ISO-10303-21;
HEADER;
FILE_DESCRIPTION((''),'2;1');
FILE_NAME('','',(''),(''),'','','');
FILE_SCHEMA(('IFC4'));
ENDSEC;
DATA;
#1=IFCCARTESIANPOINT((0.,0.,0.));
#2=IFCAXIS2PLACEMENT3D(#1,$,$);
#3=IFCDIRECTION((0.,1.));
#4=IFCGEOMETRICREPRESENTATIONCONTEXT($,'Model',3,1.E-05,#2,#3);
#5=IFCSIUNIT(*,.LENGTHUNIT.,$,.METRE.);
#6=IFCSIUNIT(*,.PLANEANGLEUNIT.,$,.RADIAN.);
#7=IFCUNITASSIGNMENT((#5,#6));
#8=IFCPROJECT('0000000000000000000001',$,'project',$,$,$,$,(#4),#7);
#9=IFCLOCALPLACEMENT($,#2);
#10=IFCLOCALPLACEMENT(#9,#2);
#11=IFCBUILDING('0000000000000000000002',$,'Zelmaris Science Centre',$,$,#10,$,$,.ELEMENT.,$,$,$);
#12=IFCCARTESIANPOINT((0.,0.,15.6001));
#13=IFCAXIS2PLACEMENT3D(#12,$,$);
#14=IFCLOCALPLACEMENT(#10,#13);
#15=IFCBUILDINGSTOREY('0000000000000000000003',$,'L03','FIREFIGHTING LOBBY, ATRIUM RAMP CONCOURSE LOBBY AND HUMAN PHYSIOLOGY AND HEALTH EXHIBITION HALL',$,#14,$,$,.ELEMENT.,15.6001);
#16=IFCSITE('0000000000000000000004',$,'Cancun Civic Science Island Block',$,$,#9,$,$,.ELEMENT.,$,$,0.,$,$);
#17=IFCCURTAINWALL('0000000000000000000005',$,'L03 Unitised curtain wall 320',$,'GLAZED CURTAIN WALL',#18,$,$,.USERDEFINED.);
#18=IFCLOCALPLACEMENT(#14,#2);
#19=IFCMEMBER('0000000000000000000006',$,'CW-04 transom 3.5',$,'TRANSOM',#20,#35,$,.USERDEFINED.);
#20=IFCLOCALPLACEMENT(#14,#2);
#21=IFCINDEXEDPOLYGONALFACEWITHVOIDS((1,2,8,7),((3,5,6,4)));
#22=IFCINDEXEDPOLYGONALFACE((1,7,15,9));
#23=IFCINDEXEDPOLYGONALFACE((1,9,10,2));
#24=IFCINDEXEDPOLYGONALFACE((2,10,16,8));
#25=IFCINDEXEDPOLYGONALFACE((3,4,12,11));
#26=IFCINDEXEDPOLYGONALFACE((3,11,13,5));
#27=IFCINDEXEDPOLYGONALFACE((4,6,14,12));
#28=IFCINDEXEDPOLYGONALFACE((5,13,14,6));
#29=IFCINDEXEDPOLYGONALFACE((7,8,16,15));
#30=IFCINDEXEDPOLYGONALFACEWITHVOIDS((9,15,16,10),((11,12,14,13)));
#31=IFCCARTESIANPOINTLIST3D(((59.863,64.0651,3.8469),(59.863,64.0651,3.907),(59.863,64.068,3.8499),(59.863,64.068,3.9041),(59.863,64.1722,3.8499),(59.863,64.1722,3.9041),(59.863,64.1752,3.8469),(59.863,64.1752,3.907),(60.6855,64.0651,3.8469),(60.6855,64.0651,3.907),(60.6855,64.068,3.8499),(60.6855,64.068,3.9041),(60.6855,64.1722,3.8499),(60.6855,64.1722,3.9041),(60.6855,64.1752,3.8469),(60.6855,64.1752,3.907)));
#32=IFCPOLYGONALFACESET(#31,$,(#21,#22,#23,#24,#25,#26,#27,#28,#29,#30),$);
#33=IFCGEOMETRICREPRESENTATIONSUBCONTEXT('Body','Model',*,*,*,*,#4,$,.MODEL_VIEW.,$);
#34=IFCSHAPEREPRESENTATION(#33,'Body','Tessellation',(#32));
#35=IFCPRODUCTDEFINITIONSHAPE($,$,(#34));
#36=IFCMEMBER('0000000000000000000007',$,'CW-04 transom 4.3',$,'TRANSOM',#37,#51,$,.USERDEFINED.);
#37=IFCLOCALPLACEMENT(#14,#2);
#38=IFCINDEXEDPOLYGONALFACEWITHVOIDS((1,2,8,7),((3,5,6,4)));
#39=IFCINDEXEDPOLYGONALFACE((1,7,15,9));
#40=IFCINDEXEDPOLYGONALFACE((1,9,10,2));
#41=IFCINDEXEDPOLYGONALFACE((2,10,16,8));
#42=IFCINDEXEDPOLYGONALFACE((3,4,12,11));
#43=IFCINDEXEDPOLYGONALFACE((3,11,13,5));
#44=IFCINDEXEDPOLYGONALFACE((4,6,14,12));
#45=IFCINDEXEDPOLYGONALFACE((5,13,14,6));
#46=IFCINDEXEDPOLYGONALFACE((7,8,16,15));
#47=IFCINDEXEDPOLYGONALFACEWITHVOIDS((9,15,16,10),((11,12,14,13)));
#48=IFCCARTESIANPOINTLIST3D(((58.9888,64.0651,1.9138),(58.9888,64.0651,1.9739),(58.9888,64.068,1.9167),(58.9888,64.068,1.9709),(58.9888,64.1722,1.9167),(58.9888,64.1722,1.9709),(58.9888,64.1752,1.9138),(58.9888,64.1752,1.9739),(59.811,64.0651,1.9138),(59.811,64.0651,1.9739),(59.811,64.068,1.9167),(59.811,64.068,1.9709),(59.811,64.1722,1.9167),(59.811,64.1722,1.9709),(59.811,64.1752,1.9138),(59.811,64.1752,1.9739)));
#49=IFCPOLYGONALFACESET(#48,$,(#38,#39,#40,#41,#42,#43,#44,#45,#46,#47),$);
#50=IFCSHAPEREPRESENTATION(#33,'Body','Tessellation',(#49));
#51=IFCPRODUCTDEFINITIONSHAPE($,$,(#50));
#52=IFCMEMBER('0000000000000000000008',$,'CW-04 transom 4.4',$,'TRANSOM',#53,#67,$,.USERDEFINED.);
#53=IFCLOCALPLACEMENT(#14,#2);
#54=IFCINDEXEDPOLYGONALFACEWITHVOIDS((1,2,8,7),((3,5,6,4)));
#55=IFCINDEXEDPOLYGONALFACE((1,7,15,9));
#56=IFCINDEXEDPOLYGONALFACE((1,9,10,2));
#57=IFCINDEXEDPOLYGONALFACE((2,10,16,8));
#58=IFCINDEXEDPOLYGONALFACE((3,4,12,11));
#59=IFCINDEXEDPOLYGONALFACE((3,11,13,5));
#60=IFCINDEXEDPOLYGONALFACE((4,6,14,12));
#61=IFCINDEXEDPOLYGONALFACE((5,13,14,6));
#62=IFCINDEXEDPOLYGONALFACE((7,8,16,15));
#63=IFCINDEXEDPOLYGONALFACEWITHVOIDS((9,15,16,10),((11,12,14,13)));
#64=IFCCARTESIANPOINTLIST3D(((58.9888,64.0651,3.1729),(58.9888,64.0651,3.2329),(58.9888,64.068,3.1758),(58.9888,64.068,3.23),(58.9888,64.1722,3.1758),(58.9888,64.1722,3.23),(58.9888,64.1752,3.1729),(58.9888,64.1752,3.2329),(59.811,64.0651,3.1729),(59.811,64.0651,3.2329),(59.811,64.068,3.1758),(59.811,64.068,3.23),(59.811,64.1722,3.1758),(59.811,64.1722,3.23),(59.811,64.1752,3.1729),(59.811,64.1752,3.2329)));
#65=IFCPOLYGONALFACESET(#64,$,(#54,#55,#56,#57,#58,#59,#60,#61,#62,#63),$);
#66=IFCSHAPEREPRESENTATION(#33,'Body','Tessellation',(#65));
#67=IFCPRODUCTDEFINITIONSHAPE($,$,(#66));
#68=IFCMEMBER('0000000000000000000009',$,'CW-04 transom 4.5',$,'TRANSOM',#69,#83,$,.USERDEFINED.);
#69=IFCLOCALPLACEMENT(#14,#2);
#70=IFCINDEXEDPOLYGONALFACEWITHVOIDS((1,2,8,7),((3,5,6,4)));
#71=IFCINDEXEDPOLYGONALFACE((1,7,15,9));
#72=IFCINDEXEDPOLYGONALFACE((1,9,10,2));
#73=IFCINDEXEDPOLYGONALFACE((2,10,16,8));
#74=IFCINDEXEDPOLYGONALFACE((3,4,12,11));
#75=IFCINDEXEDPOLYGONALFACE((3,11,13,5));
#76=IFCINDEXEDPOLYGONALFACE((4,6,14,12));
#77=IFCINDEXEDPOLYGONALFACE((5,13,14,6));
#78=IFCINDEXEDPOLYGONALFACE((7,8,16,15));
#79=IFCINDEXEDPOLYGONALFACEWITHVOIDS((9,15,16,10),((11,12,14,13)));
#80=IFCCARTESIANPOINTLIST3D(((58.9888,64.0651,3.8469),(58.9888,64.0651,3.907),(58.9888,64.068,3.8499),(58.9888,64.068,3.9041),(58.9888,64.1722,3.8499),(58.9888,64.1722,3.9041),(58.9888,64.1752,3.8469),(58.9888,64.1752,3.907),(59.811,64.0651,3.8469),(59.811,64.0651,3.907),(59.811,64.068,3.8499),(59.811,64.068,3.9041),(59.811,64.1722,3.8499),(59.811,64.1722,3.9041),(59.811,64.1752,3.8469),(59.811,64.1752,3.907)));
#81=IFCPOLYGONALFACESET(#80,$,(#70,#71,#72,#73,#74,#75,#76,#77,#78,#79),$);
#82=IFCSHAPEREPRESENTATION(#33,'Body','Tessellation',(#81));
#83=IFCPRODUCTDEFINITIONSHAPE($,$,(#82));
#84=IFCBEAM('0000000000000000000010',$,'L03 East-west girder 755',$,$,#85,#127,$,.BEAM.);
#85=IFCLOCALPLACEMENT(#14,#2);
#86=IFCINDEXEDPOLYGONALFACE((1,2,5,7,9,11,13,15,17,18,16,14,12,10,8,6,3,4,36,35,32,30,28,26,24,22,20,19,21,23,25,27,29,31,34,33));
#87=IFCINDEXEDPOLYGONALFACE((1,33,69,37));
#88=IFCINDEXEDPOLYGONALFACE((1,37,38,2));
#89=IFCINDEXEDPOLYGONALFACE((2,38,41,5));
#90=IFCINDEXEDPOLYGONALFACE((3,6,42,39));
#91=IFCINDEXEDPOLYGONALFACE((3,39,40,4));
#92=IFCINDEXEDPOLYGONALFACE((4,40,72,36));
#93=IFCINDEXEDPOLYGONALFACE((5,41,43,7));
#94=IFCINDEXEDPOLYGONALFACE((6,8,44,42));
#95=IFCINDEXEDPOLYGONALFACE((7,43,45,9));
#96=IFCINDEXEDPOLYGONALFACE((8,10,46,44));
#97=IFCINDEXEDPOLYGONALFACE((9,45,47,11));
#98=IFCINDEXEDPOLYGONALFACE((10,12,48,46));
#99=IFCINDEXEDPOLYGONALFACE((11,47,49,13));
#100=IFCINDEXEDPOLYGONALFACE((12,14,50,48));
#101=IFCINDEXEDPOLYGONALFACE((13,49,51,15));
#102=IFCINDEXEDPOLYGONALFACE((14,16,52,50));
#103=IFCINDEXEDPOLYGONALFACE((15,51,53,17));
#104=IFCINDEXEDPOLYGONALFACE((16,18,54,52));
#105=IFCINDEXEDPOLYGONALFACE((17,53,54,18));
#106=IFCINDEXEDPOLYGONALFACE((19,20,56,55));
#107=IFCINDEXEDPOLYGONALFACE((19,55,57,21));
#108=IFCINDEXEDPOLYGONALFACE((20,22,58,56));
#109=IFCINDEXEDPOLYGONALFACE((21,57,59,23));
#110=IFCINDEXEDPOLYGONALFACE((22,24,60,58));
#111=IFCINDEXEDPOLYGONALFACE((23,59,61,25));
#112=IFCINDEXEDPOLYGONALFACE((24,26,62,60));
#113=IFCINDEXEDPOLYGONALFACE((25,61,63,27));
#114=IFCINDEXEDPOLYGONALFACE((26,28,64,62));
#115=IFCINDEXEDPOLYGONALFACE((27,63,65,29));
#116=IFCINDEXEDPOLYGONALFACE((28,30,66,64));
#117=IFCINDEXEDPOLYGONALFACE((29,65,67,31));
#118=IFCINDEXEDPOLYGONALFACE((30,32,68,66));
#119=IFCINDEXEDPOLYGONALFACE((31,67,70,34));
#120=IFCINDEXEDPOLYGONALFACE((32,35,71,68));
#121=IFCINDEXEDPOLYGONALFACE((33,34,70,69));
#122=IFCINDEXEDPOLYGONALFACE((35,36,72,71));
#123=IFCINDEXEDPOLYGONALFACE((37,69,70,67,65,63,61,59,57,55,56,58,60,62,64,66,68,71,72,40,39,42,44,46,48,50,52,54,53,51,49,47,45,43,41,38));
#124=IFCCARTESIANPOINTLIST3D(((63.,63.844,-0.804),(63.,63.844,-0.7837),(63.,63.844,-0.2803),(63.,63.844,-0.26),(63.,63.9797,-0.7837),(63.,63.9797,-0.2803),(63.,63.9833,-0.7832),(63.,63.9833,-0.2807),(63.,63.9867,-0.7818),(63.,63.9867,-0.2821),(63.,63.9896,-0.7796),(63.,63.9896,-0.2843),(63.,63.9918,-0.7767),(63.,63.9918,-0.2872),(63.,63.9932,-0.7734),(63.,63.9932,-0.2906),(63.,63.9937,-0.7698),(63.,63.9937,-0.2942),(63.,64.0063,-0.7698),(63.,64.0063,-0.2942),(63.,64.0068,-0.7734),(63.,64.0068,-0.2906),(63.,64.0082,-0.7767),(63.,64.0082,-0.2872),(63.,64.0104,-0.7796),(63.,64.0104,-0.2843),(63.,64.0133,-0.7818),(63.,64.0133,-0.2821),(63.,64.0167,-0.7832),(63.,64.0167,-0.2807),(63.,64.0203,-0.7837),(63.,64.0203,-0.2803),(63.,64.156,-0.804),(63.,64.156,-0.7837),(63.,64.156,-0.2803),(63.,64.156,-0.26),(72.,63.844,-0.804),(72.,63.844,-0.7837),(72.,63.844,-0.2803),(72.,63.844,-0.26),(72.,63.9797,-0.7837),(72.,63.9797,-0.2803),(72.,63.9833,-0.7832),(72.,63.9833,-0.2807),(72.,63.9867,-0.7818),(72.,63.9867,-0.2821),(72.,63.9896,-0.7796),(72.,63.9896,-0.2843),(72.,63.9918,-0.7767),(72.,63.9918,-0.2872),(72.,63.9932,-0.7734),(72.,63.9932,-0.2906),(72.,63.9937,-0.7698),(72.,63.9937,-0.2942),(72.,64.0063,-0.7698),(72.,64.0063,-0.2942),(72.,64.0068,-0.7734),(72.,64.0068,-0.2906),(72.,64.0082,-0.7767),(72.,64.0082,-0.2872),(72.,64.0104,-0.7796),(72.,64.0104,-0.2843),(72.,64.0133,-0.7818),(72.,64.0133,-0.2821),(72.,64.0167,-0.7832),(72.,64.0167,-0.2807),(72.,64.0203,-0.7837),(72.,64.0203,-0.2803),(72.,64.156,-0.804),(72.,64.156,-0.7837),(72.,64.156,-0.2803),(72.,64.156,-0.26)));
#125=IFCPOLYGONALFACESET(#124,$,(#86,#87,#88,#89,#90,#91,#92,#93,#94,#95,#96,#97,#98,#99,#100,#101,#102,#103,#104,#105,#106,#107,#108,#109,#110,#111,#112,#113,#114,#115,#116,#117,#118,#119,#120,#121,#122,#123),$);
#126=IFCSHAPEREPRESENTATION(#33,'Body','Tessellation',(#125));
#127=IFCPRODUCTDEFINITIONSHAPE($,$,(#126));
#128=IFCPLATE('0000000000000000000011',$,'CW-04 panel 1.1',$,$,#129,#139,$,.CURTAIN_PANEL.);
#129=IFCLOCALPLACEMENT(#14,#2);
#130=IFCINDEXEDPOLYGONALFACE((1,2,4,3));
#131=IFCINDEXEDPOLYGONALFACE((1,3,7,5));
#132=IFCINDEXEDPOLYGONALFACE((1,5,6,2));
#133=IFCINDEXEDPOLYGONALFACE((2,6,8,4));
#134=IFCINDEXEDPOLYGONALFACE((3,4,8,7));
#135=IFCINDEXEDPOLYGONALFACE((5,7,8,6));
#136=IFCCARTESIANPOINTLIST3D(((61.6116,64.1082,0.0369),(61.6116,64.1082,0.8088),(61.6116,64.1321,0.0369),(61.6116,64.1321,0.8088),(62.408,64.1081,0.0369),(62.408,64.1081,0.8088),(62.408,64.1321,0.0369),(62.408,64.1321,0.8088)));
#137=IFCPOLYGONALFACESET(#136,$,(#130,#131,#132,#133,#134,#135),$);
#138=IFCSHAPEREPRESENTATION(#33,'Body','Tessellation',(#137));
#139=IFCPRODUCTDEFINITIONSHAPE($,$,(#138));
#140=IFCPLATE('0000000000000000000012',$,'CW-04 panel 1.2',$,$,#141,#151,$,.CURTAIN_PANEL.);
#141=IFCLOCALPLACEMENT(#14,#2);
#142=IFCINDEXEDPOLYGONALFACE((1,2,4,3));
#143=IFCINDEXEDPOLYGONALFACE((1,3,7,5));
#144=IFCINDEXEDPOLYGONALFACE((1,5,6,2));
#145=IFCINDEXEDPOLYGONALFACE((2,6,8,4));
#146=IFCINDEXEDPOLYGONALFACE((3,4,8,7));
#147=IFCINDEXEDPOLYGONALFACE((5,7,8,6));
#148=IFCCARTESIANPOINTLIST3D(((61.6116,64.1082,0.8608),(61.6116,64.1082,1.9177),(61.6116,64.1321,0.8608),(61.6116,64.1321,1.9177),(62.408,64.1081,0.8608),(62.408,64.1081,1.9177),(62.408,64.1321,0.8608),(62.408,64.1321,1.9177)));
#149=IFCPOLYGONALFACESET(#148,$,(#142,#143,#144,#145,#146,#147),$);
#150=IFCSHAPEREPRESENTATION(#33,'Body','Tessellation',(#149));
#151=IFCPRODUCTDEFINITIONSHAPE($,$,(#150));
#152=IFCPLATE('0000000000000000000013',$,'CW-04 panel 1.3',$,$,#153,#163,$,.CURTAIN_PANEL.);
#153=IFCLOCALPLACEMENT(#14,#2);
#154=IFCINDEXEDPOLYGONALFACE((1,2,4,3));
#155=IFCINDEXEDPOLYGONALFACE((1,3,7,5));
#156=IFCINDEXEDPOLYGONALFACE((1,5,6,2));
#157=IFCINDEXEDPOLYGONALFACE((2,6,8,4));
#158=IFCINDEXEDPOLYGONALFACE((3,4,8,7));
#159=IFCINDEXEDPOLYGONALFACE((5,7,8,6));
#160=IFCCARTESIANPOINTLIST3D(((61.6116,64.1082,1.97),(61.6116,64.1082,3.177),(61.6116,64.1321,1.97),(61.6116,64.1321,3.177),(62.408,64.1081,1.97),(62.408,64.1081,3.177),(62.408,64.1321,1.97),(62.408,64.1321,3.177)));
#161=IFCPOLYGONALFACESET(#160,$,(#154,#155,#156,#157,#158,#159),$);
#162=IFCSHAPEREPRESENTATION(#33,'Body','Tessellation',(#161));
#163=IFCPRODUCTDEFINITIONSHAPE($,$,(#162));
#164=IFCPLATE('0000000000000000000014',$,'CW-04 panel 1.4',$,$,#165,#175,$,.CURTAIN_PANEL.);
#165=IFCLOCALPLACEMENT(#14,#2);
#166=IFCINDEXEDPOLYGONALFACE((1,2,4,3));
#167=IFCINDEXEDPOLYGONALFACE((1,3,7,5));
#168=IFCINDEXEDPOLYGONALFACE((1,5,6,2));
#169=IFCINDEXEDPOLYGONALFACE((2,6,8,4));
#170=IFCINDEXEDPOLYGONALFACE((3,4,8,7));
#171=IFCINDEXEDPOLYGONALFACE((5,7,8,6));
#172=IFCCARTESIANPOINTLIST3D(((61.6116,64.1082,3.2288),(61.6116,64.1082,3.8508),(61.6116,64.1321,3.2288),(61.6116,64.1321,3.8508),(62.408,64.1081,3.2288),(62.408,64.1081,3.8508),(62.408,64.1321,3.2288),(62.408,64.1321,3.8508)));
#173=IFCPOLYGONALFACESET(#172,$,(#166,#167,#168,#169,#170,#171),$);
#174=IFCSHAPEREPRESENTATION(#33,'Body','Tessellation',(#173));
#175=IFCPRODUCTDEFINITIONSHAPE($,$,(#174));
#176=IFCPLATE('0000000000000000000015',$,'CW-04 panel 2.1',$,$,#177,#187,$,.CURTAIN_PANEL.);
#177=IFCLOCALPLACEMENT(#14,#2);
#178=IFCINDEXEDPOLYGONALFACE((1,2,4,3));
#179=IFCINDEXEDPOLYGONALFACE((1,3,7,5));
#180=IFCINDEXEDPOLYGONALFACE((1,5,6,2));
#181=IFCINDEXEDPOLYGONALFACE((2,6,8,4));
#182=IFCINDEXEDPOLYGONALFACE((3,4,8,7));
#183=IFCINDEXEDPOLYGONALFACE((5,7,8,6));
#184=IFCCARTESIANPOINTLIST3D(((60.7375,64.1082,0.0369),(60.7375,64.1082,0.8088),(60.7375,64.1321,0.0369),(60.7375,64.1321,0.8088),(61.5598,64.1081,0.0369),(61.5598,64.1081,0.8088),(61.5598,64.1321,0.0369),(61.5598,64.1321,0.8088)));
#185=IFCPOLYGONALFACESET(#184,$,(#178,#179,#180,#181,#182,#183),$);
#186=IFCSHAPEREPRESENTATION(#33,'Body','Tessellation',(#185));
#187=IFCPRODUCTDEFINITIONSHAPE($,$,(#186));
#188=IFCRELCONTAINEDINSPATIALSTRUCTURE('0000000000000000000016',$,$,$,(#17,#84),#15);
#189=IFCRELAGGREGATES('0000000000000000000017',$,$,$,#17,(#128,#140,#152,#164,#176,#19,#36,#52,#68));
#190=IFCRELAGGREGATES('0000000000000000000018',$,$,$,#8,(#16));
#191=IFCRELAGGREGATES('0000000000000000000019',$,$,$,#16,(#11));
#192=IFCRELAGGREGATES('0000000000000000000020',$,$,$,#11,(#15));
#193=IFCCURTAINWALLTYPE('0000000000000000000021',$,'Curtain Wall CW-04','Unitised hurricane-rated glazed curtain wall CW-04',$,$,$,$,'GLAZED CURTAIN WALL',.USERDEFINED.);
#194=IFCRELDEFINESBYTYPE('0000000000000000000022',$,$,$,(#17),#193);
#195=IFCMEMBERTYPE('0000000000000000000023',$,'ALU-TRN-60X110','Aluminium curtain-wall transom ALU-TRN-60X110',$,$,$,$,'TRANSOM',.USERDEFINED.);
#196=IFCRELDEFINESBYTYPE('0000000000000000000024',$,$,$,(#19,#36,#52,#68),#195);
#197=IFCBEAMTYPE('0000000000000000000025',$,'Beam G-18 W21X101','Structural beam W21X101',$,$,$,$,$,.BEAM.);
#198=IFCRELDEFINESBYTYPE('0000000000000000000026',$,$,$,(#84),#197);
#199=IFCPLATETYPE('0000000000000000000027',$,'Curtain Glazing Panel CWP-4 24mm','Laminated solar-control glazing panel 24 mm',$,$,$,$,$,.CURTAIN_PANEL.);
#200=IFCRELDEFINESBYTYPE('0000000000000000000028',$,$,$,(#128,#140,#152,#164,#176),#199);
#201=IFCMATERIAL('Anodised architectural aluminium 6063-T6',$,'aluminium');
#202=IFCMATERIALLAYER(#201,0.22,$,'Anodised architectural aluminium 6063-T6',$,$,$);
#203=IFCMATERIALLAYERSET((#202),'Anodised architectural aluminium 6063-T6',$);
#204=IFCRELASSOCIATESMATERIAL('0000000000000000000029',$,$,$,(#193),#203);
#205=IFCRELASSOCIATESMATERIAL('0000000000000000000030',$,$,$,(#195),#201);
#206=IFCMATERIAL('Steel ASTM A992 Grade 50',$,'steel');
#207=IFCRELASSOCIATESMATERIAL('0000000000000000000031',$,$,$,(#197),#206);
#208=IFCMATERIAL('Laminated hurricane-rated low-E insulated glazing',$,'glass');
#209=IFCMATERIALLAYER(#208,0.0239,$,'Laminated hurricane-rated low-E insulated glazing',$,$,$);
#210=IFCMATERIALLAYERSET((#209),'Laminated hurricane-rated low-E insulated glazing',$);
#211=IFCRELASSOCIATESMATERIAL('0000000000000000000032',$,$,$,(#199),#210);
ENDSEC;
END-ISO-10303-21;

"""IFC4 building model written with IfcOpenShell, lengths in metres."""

from ifc_helpers import new_model, si_unit, direction, frame, origin, origin_2d, place, context, subcontext, project, spatial, rectangle, hollow_rectangle, i_section, extrude, material, layer, layer_set, material_profile, profile_set, type_object, element, aggregate, save


model = new_model("IFC4")

# Units and contexts
model_context = context("Model", 3, precision=1e-05, world=origin(), true_north=direction((0.0, 1.0)))
body_context = subcontext(model_context, "Body", "Model", "MODEL_VIEW")
ifc_project = project(units=[si_unit("LENGTHUNIT", "METRE"), si_unit("PLANEANGLEUNIT", "RADIAN")], contexts=[model_context])

# Site, building, storey
site_placement = place(None, origin())
site = spatial("IfcSite", under=ifc_project, at=site_placement, Name="Cancun Civic Science Island Block", CompositionType="ELEMENT", RefElevation=0.0)
building_placement = place(site_placement, origin())
building = spatial("IfcBuilding", under=site, at=building_placement, Name="Zelmaris Science Centre", CompositionType="ELEMENT")
storey_placement = place(building_placement, frame((0.0, 0.0, 15.6001)))
storey = spatial("IfcBuildingStorey", under=building, at=storey_placement, Name="L03", Description="FIREFIGHTING LOBBY, ATRIUM RAMP CONCOURSE LOBBY AND HUMAN PHYSIOLOGY AND HEALTH EXHIBITION HALL", CompositionType="ELEMENT", Elevation=15.6001)

# Shared definitions
ifc_material_1 = material(Name="Steel ASTM A992 Grade 50", Category="steel")

# Curtain wall
ifc_material_2 = material(Name="Anodised architectural aluminium 6063-T6", Category="aluminium")
ifc_layer_1 = layer(ifc_material_2, 0.22, Name="Anodised architectural aluminium 6063-T6")
ifc_layer_set_1 = layer_set([ifc_layer_1], Name="Anodised architectural aluminium 6063-T6")
curtain_wall_type_1 = type_object("IfcCurtainWallType", Name="Curtain Wall CW-04", Description="Unitised hurricane-rated glazed curtain wall CW-04", ElementType="GLAZED CURTAIN WALL", PredefinedType="USERDEFINED", material=ifc_layer_set_1)
curtain_wall_1_placement = place(storey_placement, origin())
curtain_wall_1 = element("IfcCurtainWall", 1, at=curtain_wall_1_placement, inside=storey, type_object=curtain_wall_type_1, Name="L03 Unitised curtain wall 320", ObjectType="GLAZED CURTAIN WALL", PredefinedType="USERDEFINED")

# Members
ifc_material_profile_1 = material_profile(ifc_material_2, hollow_rectangle(XDim=0.0601, YDim=0.1101, WallThickness=0.0029, at=origin_2d()), Name="ALU-TRN-60X110")
ifc_profile_set_1 = profile_set([ifc_material_profile_1], Name="Anodised architectural aluminium 6063-T6")
member_type_1 = type_object("IfcMemberType", Name="ALU-TRN-60X110", Description="Aluminium curtain-wall transom ALU-TRN-60X110", ElementType="TRANSOM", PredefinedType="USERDEFINED", material=ifc_profile_set_1)
member_1_placement = place(storey_placement, frame((60.6855, 64.1201, 3.877), z_axis=(-1.0, 0.0, 0.0), x_axis=(0.0, 0.0, 1.0)))
member_1 = element("IfcMember", 2, at=member_1_placement, type_object=member_type_1, Name="CW-04 transom 3.5", ObjectType="TRANSOM", PredefinedType="USERDEFINED", context=body_context, shape_type="SweptSolid", body=[
    extrude(hollow_rectangle(XDim=0.0601, YDim=0.1101, WallThickness=0.0029, at=origin_2d()), origin(), (0.0, 0.0, 1.0), 0.8225),
])
member_2_placement = place(storey_placement, frame((59.811, 64.1201, 1.9438), z_axis=(-1.0, 0.0, 0.0), x_axis=(0.0, 0.0, 1.0)))
member_2 = element("IfcMember", 3, at=member_2_placement, type_object=member_type_1, Name="CW-04 transom 4.3", ObjectType="TRANSOM", PredefinedType="USERDEFINED", context=body_context, shape_type="SweptSolid", body=[
    extrude(hollow_rectangle(XDim=0.0601, YDim=0.1101, WallThickness=0.0029, at=origin_2d()), origin(), (0.0, 0.0, 1.0), 0.8223),
])
member_3_placement = place(storey_placement, frame((59.811, 64.1201, 3.2029), z_axis=(-1.0, 0.0, 0.0), x_axis=(0.0, 0.0, 1.0)))
member_3 = element("IfcMember", 4, at=member_3_placement, type_object=member_type_1, Name="CW-04 transom 4.4", ObjectType="TRANSOM", PredefinedType="USERDEFINED", context=body_context, shape_type="SweptSolid", body=[
    extrude(hollow_rectangle(XDim=0.0601, YDim=0.1101, WallThickness=0.0029, at=origin_2d()), origin(), (0.0, 0.0, 1.0), 0.8223),
])
member_4_placement = place(storey_placement, frame((59.811, 64.1201, 3.877), z_axis=(-1.0, 0.0, 0.0), x_axis=(0.0, 0.0, 1.0)))
member_4 = element("IfcMember", 5, at=member_4_placement, type_object=member_type_1, Name="CW-04 transom 4.5", ObjectType="TRANSOM", PredefinedType="USERDEFINED", context=body_context, shape_type="SweptSolid", body=[
    extrude(hollow_rectangle(XDim=0.0601, YDim=0.1101, WallThickness=0.0029, at=origin_2d()), origin(), (0.0, 0.0, 1.0), 0.8223),
])

# Beam
ifc_material_profile_2 = material_profile(ifc_material_1, i_section(OverallWidth=0.312, OverallDepth=0.5439, WebThickness=0.0127, FlangeThickness=0.0203, FilletRadius=0.0139, at=origin_2d()), Name="W21X101")
ifc_profile_set_2 = profile_set([ifc_material_profile_2], Name="Steel ASTM A992 Grade 50")
beam_type = type_object("IfcBeamType", Name="Beam G-18 W21X101", Description="Structural beam W21X101", PredefinedType="BEAM", material=ifc_profile_set_2)
beam_placement = place(storey_placement, frame((63.0, 64.0, -0.532), z_axis=(1.0, 0.0, 0.0), x_axis=(0.0, 1.0, 0.0)))
element("IfcBeam", 6, at=beam_placement, inside=storey, type_object=beam_type, Name="L03 East-west girder 755", PredefinedType="BEAM", context=body_context, shape_type="SweptSolid", body=[
    extrude(i_section(OverallWidth=0.312, OverallDepth=0.5439, WebThickness=0.0127, FlangeThickness=0.0203, FilletRadius=0.0139, at=origin_2d()), origin(), (0.0, 0.0, 1.0), 9.0),
])

# Plates
ifc_material_3 = material(Name="Laminated hurricane-rated low-E insulated glazing", Category="glass")
ifc_layer_2 = layer(ifc_material_3, 0.0239, Name="Laminated hurricane-rated low-E insulated glazing")
ifc_layer_set_2 = layer_set([ifc_layer_2], Name="Laminated hurricane-rated low-E insulated glazing")
plate_type = type_object("IfcPlateType", Name="Curtain Glazing Panel CWP-4 24mm", Description="Laminated solar-control glazing panel 24 mm", PredefinedType="CURTAIN_PANEL", material=ifc_layer_set_2)
plate_1_placement = place(storey_placement, frame((62.0098, 64.1201, 0.0369), z_axis=(0.0, 0.0, 1.0), x_axis=(-1.0, 0.000016, 0.0)))
plate_1 = element("IfcPlate", 7, at=plate_1_placement, type_object=plate_type, Name="CW-04 panel 1.1", PredefinedType="CURTAIN_PANEL", context=body_context, shape_type="SweptSolid", body=[
    extrude(rectangle(XDim=0.7964, YDim=0.0239, at=origin_2d()), origin(), (0.0, 0.0, 1.0), 0.772),
])
plate_2_placement = place(storey_placement, frame((62.0098, 64.1201, 0.8608), z_axis=(0.0, 0.0, 1.0), x_axis=(-1.0, 0.000016, 0.0)))
plate_2 = element("IfcPlate", 8, at=plate_2_placement, type_object=plate_type, Name="CW-04 panel 1.2", PredefinedType="CURTAIN_PANEL", context=body_context, shape_type="SweptSolid", body=[
    extrude(rectangle(XDim=0.7964, YDim=0.0239, at=origin_2d()), origin(), (0.0, 0.0, 1.0), 1.0569),
])
plate_3_placement = place(storey_placement, frame((62.0098, 64.1201, 1.97), z_axis=(0.0, 0.0, 1.0), x_axis=(-1.0, 0.000016, 0.0)))
plate_3 = element("IfcPlate", 9, at=plate_3_placement, type_object=plate_type, Name="CW-04 panel 1.3", PredefinedType="CURTAIN_PANEL", context=body_context, shape_type="SweptSolid", body=[
    extrude(rectangle(XDim=0.7964, YDim=0.0239, at=origin_2d()), origin(), (0.0, 0.0, 1.0), 1.207),
])
plate_4_placement = place(storey_placement, frame((62.0098, 64.1201, 3.2288), z_axis=(0.0, 0.0, 1.0), x_axis=(-1.0, 0.000016, 0.0)))
plate_4 = element("IfcPlate", 10, at=plate_4_placement, type_object=plate_type, Name="CW-04 panel 1.4", PredefinedType="CURTAIN_PANEL", context=body_context, shape_type="SweptSolid", body=[
    extrude(rectangle(XDim=0.7964, YDim=0.0239, at=origin_2d()), origin(), (0.0, 0.0, 1.0), 0.6221),
])
plate_5_placement = place(storey_placement, frame((61.1487, 64.1201, 0.0369), z_axis=(0.0, 0.0, 1.0), x_axis=(-1.0, 0.000016, 0.0)))
plate_5 = element("IfcPlate", 11, at=plate_5_placement, type_object=plate_type, Name="CW-04 panel 2.1", PredefinedType="CURTAIN_PANEL", context=body_context, shape_type="SweptSolid", body=[
    extrude(rectangle(XDim=0.8223, YDim=0.0239, at=origin_2d()), origin(), (0.0, 0.0, 1.0), 0.772),
])
aggregate(curtain_wall_1, [plate_1, plate_2, plate_3, plate_4, plate_5, member_1, member_2, member_3, member_4])

save(model, "model.ifc")
